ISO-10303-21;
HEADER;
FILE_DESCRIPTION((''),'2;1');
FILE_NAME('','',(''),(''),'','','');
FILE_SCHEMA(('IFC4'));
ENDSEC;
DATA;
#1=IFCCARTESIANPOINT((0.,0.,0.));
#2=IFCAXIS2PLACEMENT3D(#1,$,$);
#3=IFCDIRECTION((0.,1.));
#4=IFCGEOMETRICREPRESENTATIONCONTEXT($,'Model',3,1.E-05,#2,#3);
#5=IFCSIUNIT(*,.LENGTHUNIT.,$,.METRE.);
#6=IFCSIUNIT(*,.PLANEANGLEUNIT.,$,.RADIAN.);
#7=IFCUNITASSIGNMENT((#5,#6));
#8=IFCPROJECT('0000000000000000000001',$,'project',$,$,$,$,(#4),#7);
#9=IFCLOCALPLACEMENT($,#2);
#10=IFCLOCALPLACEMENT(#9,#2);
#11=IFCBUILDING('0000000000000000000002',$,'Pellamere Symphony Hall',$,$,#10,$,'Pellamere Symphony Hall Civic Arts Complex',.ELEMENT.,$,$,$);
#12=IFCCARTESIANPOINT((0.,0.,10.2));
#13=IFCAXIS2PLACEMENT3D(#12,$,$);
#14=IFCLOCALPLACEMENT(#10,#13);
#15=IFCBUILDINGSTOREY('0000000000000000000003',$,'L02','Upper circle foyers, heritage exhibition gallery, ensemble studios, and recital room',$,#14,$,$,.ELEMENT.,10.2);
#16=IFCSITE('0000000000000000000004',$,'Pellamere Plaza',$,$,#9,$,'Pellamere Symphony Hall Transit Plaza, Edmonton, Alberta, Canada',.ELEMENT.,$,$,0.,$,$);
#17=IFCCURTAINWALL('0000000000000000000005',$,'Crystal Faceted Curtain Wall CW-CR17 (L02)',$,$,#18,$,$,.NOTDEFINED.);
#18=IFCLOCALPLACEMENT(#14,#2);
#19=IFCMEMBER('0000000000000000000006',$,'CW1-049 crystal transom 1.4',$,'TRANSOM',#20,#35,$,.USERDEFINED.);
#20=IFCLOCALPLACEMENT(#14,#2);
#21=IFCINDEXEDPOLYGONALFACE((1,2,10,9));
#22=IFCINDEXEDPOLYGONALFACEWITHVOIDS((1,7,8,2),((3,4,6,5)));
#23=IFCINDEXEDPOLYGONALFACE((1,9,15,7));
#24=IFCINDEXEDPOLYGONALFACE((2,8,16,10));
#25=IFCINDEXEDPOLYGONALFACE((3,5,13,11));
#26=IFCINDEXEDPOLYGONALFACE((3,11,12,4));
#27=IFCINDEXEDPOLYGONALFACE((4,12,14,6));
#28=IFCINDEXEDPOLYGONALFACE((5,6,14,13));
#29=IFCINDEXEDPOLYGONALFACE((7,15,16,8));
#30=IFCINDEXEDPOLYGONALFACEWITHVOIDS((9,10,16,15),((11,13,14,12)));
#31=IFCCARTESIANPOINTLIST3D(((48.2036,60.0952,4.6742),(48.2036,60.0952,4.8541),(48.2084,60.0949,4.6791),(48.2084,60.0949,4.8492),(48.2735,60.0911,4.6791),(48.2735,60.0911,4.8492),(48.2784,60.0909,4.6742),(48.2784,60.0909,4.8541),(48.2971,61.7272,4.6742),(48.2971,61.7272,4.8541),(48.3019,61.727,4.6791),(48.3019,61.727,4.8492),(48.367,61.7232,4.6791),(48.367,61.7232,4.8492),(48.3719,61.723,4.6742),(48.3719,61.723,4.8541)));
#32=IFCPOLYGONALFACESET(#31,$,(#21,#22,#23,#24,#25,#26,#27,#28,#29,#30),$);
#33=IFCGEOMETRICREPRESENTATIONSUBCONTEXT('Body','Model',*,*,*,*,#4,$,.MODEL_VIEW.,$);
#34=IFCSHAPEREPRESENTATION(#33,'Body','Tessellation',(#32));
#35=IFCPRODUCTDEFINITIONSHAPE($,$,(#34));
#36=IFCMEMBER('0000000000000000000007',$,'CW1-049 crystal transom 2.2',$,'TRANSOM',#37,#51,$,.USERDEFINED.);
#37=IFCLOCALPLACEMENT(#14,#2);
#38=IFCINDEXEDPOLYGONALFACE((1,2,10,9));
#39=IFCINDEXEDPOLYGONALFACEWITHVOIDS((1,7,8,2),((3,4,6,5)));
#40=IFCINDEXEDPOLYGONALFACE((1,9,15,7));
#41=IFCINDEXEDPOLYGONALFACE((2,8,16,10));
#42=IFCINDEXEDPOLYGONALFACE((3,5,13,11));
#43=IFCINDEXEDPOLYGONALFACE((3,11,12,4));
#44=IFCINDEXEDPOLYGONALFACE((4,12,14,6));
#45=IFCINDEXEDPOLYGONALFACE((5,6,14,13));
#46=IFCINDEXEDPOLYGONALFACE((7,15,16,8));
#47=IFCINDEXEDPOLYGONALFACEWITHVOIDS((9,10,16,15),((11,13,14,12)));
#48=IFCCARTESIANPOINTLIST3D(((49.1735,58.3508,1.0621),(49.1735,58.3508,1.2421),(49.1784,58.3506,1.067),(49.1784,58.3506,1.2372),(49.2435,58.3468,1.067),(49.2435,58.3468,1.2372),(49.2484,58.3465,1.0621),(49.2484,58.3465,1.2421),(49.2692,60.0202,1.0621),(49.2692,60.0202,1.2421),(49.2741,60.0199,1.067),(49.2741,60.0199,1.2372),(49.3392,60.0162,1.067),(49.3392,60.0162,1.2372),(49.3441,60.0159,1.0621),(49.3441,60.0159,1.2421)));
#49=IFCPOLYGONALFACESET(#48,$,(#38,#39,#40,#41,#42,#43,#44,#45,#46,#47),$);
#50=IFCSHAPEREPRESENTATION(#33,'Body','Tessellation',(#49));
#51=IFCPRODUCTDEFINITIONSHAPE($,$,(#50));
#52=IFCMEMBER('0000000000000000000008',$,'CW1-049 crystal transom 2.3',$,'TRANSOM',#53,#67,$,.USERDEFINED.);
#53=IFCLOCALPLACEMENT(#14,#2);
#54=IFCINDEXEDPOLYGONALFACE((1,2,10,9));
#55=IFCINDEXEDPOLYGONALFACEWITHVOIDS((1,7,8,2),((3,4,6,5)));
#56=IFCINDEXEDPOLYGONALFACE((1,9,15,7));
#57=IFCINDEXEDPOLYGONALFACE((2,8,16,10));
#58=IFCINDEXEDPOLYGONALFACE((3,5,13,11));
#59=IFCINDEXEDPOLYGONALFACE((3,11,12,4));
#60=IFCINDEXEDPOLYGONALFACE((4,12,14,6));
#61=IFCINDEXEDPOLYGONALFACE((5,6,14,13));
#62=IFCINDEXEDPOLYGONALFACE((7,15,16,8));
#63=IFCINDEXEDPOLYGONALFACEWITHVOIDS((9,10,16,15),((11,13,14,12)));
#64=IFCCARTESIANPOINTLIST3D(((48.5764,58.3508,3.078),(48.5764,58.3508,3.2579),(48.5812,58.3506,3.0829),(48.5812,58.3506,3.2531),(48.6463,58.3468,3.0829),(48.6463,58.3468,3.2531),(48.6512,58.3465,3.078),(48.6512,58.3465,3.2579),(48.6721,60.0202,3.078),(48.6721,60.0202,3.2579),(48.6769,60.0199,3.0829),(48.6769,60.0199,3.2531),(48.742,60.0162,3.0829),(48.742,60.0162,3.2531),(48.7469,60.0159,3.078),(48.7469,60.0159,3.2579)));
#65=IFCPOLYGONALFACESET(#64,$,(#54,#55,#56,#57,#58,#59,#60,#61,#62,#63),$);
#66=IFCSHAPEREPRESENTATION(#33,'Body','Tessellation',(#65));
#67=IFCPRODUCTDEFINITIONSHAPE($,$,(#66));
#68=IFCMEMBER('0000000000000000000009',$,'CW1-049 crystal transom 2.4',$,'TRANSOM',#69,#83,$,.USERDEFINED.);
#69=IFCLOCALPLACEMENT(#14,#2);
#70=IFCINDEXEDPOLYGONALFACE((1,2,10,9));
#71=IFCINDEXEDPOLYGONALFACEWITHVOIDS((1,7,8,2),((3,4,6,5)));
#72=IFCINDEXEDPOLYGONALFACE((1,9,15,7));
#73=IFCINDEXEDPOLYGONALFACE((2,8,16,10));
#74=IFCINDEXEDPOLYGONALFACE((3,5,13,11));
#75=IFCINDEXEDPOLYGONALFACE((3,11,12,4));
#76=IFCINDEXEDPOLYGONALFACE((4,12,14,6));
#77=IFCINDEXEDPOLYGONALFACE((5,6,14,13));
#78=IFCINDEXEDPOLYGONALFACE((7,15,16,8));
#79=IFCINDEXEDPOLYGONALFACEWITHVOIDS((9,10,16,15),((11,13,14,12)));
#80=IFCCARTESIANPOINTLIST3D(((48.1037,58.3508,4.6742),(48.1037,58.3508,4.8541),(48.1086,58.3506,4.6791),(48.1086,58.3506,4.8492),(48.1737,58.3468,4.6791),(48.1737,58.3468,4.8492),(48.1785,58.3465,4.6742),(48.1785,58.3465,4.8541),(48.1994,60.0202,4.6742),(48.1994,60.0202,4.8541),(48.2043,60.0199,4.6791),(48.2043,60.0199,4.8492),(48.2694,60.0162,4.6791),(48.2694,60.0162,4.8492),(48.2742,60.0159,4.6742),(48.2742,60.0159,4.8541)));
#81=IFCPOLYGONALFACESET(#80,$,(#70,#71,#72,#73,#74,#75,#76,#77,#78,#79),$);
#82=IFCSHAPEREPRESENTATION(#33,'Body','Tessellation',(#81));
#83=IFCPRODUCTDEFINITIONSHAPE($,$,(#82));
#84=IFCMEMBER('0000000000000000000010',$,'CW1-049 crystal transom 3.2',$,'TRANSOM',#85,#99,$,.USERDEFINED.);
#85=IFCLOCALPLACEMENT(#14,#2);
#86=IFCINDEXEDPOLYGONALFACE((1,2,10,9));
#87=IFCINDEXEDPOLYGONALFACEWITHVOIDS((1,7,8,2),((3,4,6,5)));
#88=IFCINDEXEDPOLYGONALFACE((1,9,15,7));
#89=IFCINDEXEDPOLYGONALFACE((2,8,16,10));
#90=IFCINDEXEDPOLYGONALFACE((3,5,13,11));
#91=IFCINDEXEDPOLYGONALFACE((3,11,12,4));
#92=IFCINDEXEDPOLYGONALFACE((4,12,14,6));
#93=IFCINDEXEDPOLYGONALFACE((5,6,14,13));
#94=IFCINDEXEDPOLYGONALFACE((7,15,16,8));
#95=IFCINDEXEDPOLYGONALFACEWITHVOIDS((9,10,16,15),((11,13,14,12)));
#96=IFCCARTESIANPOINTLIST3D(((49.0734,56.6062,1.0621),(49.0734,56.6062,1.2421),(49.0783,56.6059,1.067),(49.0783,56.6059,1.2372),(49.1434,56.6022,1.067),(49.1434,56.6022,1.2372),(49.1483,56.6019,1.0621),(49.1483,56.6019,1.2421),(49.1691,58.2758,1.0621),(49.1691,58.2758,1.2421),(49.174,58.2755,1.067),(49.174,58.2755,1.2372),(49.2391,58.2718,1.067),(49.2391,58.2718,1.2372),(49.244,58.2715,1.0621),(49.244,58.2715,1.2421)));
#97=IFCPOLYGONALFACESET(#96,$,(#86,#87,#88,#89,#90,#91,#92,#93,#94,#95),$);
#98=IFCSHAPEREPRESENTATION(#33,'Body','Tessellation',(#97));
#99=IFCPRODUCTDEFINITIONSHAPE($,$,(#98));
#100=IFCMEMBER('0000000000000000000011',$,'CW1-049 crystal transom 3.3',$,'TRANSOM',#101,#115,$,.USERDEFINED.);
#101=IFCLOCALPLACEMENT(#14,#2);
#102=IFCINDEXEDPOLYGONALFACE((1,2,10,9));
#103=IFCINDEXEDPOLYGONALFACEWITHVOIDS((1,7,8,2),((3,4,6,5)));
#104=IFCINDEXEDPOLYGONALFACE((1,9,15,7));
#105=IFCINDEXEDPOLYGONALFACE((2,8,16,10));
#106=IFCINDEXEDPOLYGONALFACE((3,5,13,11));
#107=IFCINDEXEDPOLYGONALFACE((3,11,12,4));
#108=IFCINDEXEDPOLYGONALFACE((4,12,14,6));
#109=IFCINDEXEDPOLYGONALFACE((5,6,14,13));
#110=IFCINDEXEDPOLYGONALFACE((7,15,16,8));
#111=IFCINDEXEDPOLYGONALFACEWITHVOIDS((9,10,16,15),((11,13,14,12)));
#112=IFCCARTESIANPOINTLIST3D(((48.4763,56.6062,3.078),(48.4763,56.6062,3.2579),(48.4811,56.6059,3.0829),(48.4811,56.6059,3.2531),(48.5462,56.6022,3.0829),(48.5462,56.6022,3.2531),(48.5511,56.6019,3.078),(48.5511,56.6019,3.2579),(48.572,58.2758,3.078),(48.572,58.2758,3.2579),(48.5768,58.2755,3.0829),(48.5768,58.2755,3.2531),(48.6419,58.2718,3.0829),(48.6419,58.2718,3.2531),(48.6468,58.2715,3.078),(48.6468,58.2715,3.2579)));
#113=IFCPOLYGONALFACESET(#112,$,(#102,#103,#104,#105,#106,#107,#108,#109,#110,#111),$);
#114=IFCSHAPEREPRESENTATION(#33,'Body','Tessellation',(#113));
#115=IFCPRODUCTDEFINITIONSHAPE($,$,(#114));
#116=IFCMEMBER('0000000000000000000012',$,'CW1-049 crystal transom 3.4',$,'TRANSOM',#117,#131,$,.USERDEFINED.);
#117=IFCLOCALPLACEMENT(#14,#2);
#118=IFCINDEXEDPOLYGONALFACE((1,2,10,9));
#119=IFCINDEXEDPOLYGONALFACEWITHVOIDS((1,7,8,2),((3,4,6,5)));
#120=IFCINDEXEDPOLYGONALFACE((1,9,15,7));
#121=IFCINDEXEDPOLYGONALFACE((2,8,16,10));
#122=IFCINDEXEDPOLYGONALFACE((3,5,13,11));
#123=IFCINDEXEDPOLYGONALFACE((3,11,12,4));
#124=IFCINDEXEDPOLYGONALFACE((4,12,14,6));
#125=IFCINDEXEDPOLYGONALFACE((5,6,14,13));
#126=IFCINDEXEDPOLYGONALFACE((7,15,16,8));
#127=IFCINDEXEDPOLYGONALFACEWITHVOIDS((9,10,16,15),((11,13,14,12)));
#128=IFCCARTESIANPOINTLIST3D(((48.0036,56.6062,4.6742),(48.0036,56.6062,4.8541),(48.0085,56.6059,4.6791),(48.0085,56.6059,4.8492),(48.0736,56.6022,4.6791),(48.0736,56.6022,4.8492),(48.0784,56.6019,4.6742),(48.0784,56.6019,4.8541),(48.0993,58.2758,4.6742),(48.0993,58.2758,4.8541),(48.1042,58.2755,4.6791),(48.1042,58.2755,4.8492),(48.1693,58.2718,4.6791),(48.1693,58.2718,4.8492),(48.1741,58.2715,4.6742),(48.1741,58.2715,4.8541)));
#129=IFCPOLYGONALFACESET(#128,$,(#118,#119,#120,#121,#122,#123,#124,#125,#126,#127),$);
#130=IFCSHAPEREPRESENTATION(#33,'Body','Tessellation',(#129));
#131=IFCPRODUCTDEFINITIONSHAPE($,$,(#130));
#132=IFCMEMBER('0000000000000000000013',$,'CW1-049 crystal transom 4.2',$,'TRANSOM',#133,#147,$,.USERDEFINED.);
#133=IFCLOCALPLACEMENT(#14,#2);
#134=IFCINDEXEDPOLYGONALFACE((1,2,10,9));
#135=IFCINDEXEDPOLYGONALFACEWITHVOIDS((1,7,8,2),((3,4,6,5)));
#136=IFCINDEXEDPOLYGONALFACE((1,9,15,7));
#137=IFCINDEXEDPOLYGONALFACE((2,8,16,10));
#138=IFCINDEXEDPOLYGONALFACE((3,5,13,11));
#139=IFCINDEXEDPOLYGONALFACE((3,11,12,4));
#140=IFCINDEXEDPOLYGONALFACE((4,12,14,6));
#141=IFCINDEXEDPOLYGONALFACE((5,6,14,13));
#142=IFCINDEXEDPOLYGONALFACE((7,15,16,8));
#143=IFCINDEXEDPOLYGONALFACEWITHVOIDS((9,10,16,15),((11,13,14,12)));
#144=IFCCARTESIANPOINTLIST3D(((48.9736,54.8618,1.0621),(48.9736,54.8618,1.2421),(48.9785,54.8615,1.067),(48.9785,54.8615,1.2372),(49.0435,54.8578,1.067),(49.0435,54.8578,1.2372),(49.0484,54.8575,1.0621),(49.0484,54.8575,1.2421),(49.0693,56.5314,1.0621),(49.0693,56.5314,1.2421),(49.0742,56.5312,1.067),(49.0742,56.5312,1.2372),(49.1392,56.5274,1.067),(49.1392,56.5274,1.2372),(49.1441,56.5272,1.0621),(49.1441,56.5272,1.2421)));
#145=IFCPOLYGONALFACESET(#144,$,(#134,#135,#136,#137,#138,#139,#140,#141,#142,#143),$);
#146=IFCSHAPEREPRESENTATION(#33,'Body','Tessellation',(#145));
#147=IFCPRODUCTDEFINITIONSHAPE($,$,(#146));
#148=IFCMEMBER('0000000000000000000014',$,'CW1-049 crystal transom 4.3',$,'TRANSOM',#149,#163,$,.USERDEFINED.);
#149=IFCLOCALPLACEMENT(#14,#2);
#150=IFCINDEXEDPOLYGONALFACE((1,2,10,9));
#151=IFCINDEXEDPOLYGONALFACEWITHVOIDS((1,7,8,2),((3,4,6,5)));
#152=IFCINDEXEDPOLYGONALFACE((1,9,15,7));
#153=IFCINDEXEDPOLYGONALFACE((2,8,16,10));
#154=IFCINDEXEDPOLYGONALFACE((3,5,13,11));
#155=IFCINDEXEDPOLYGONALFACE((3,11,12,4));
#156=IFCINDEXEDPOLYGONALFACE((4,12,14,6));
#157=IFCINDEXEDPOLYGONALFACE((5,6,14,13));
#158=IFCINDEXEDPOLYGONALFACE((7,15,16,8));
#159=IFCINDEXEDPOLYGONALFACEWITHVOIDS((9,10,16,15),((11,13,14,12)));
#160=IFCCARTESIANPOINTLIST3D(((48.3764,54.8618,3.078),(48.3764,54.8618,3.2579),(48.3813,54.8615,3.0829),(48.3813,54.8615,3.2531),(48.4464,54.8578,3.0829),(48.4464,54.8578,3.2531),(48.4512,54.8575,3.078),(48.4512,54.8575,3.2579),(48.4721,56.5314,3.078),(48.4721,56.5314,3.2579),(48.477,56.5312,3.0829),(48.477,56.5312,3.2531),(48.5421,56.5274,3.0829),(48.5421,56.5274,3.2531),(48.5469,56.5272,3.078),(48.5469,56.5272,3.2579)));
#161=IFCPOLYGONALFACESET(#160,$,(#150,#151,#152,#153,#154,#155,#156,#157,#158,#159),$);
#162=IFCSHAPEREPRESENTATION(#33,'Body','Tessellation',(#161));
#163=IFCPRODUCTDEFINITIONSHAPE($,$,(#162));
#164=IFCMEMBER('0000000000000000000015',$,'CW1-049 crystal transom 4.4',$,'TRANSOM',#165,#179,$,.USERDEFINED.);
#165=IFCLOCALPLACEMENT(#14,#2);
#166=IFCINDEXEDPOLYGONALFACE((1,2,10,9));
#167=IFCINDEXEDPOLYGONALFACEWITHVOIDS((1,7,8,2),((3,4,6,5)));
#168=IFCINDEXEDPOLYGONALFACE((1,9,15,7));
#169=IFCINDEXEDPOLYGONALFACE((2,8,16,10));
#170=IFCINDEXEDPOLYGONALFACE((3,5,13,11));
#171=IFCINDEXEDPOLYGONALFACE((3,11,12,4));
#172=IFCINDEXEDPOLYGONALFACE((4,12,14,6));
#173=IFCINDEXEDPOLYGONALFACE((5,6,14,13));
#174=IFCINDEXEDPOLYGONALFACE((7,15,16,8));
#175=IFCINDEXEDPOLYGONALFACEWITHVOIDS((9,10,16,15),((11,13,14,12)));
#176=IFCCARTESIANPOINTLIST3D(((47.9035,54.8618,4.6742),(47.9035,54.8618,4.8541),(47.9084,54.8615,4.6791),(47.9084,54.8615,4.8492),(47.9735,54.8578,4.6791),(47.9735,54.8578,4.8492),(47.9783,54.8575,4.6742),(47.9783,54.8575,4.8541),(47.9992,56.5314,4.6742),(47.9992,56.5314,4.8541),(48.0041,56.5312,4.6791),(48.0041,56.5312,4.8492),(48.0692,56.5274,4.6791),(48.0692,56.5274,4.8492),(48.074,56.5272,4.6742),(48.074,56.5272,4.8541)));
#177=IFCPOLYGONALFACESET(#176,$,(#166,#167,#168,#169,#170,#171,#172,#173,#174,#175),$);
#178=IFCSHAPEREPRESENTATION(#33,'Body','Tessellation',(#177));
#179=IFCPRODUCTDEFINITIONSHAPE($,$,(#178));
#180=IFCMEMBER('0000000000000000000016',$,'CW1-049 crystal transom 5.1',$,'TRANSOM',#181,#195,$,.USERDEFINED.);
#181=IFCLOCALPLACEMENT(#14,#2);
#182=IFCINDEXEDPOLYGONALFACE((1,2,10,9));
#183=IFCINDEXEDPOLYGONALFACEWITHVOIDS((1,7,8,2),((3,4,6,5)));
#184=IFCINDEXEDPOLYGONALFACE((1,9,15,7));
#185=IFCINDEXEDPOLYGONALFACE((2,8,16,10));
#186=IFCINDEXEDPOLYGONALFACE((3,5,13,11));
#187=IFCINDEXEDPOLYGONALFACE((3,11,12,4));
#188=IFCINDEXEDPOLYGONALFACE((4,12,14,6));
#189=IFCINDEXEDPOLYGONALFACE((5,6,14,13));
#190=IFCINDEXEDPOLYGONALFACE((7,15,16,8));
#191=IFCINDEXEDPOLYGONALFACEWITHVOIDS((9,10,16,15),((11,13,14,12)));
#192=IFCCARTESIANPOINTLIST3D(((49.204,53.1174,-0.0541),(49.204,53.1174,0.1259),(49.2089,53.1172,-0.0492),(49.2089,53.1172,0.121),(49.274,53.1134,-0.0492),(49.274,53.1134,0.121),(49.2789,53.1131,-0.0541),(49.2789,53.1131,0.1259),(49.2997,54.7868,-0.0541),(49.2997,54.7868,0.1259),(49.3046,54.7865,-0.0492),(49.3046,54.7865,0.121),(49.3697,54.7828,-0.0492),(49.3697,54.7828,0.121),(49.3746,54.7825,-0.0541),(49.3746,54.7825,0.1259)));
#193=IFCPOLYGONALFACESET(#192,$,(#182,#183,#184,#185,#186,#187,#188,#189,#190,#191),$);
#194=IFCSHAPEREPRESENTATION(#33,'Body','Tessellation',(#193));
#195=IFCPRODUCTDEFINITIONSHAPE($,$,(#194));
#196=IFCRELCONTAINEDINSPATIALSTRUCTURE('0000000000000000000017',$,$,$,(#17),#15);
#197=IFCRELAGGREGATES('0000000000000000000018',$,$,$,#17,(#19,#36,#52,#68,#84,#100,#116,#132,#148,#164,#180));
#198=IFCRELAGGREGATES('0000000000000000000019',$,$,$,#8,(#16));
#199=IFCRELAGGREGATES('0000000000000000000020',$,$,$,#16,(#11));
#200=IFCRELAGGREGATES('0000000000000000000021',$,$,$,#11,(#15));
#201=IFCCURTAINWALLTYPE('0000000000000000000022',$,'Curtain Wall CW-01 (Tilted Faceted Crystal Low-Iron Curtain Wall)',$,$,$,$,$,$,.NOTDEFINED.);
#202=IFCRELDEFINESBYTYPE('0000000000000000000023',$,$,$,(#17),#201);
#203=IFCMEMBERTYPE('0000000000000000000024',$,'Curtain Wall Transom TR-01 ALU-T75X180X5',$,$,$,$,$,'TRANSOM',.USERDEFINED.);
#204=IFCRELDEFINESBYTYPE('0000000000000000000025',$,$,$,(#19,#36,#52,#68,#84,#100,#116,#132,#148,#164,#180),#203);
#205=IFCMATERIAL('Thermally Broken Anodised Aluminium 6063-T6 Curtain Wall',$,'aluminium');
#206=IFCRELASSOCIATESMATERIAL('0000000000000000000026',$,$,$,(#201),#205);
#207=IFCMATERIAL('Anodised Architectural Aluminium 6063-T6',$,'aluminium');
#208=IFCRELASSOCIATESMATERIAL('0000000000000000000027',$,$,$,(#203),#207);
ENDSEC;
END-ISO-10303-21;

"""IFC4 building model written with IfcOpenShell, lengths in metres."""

from ifc_helpers import new_model, si_unit, direction, frame, origin, origin_2d, place, context, subcontext, project, spatial, hollow_rectangle, extrude, material, material_profile, profile_set, type_object, element, aggregate, save


model = new_model("IFC4")

# Units and contexts
model_context = context("Model", 3, precision=1e-05, world=origin(), true_north=direction((0.0, 1.0)))
body_context = subcontext(model_context, "Body", "Model", "MODEL_VIEW")
ifc_project = project(units=[si_unit("LENGTHUNIT", "METRE"), si_unit("PLANEANGLEUNIT", "RADIAN")], contexts=[model_context])

# Site, building, storey
site_placement = place(None, origin())
site = spatial("IfcSite", under=ifc_project, at=site_placement, Name="Pellamere Plaza", LongName="Pellamere Symphony Hall Transit Plaza, Edmonton, Alberta, Canada", CompositionType="ELEMENT", RefElevation=0.0)
building_placement = place(site_placement, origin())
building = spatial("IfcBuilding", under=site, at=building_placement, Name="Pellamere Symphony Hall", LongName="Pellamere Symphony Hall Civic Arts Complex", CompositionType="ELEMENT")
storey_placement = place(building_placement, frame((0.0, 0.0, 10.2)))
storey = spatial("IfcBuildingStorey", under=building, at=storey_placement, Name="L02", Description="Upper circle foyers, heritage exhibition gallery, ensemble studios, and recital room", CompositionType="ELEMENT", Elevation=10.2)

# Shared definitions
ifc_material_1 = material(Name="Thermally Broken Anodised Aluminium 6063-T6 Curtain Wall", Category="aluminium")
curtain_wall_type = type_object("IfcCurtainWallType", Name="Curtain Wall CW-01 (Tilted Faceted Crystal Low-Iron Curtain Wall)", PredefinedType="NOTDEFINED", material=ifc_material_1)
ifc_material_2 = material(Name="Anodised Architectural Aluminium 6063-T6", Category="aluminium")

# Curtain wall
curtain_wall_1_placement = place(storey_placement, origin())
curtain_wall_1 = element("IfcCurtainWall", 1, at=curtain_wall_1_placement, inside=storey, type_object=curtain_wall_type, Name="Crystal Faceted Curtain Wall CW-CR17 (L02)", PredefinedType="NOTDEFINED")

# Members
ifc_material_profile_1 = material_profile(ifc_material_2, hollow_rectangle(XDim=0.075, YDim=0.1799, WallThickness=0.0049, at=origin_2d()), Name="ALU-T75X180X5")
ifc_profile_set_1 = profile_set([ifc_material_profile_1], Name="Anodised Architectural Aluminium 6063-T6")
member_type_1 = type_object("IfcMemberType", Name="Curtain Wall Transom TR-01 ALU-T75X180X5", ElementType="TRANSOM", PredefinedType="USERDEFINED", material=ifc_profile_set_1)
member_1_placement = place(storey_placement, frame((48.3345, 61.7251, 4.7642), z_axis=(-0.057199, -0.998363, 0.0), x_axis=(0.998363, -0.057199, 0.0)))
member_1 = element("IfcMember", 2, at=member_1_placement, type_object=member_type_1, Name="CW1-049 crystal transom 1.4", ObjectType="TRANSOM", PredefinedType="USERDEFINED", context=body_context, shape_type="SweptSolid", body=[
    extrude(hollow_rectangle(XDim=0.075, YDim=0.1799, WallThickness=0.0049, at=origin_2d()), origin(), (0.0, 0.0, 1.0), 1.6348),
])
member_2_placement = place(storey_placement, frame((49.3066, 60.0181, 1.1521), z_axis=(-0.057233, -0.998361, 0.0), x_axis=(0.998361, -0.057233, 0.0)))
member_2 = element("IfcMember", 3, at=member_2_placement, type_object=member_type_1, Name="CW1-049 crystal transom 2.2", ObjectType="TRANSOM", PredefinedType="USERDEFINED", context=body_context, shape_type="SweptSolid", body=[
    extrude(hollow_rectangle(XDim=0.075, YDim=0.1799, WallThickness=0.0049, at=origin_2d()), origin(), (0.0, 0.0, 1.0), 1.6721),
])
member_3_placement = place(storey_placement, frame((48.7095, 60.0181, 3.168), z_axis=(-0.057233, -0.998361, 0.0), x_axis=(0.998361, -0.057233, 0.0)))
member_3 = element("IfcMember", 4, at=member_3_placement, type_object=member_type_1, Name="CW1-049 crystal transom 2.3", ObjectType="TRANSOM", PredefinedType="USERDEFINED", context=body_context, shape_type="SweptSolid", body=[
    extrude(hollow_rectangle(XDim=0.075, YDim=0.1799, WallThickness=0.0049, at=origin_2d()), origin(), (0.0, 0.0, 1.0), 1.6721),
])
member_4_placement = place(storey_placement, frame((48.2368, 60.0181, 4.7642), z_axis=(-0.057233, -0.998361, 0.0), x_axis=(0.998361, -0.057233, 0.0)))
member_4 = element("IfcMember", 5, at=member_4_placement, type_object=member_type_1, Name="CW1-049 crystal transom 2.4", ObjectType="TRANSOM", PredefinedType="USERDEFINED", context=body_context, shape_type="SweptSolid", body=[
    extrude(hollow_rectangle(XDim=0.075, YDim=0.1799, WallThickness=0.0049, at=origin_2d()), origin(), (0.0, 0.0, 1.0), 1.6721),
])
member_5_placement = place(storey_placement, frame((49.2065, 58.2737, 1.1521), z_axis=(-0.057224, -0.998361, 0.0), x_axis=(0.998361, -0.057224, 0.0)))
member_5 = element("IfcMember", 6, at=member_5_placement, type_object=member_type_1, Name="CW1-049 crystal transom 3.2", ObjectType="TRANSOM", PredefinedType="USERDEFINED", context=body_context, shape_type="SweptSolid", body=[
    extrude(hollow_rectangle(XDim=0.075, YDim=0.1799, WallThickness=0.0049, at=origin_2d()), origin(), (0.0, 0.0, 1.0), 1.6724),
])
member_6_placement = place(storey_placement, frame((48.6094, 58.2737, 3.168), z_axis=(-0.057224, -0.998361, 0.0), x_axis=(0.998361, -0.057224, 0.0)))
member_6 = element("IfcMember", 7, at=member_6_placement, type_object=member_type_1, Name="CW1-049 crystal transom 3.3", ObjectType="TRANSOM", PredefinedType="USERDEFINED", context=body_context, shape_type="SweptSolid", body=[
    extrude(hollow_rectangle(XDim=0.075, YDim=0.1799, WallThickness=0.0049, at=origin_2d()), origin(), (0.0, 0.0, 1.0), 1.6724),
])
member_7_placement = place(storey_placement, frame((48.1367, 58.2737, 4.7642), z_axis=(-0.057224, -0.998361, 0.0), x_axis=(0.998361, -0.057224, 0.0)))
member_7 = element("IfcMember", 8, at=member_7_placement, type_object=member_type_1, Name="CW1-049 crystal transom 3.4", ObjectType="TRANSOM", PredefinedType="USERDEFINED", context=body_context, shape_type="SweptSolid", body=[
    extrude(hollow_rectangle(XDim=0.075, YDim=0.1799, WallThickness=0.0049, at=origin_2d()), origin(), (0.0, 0.0, 1.0), 1.6724),
])
member_8_placement = place(storey_placement, frame((49.1067, 56.5293, 1.1521), z_axis=(-0.057224, -0.998361, 0.0), x_axis=(0.998361, -0.057224, 0.0)))
member_8 = element("IfcMember", 9, at=member_8_placement, type_object=member_type_1, Name="CW1-049 crystal transom 4.2", ObjectType="TRANSOM", PredefinedType="USERDEFINED", context=body_context, shape_type="SweptSolid", body=[
    extrude(hollow_rectangle(XDim=0.075, YDim=0.1799, WallThickness=0.0049, at=origin_2d()), origin(), (0.0, 0.0, 1.0), 1.6724),
])
member_9_placement = place(storey_placement, frame((48.5095, 56.5293, 3.168), z_axis=(-0.057224, -0.998361, 0.0), x_axis=(0.998361, -0.057224, 0.0)))
member_9 = element("IfcMember", 10, at=member_9_placement, type_object=member_type_1, Name="CW1-049 crystal transom 4.3", ObjectType="TRANSOM", PredefinedType="USERDEFINED", context=body_context, shape_type="SweptSolid", body=[
    extrude(hollow_rectangle(XDim=0.075, YDim=0.1799, WallThickness=0.0049, at=origin_2d()), origin(), (0.0, 0.0, 1.0), 1.6724),
])
member_10_placement = place(storey_placement, frame((48.0366, 56.5293, 4.7642), z_axis=(-0.057224, -0.998361, 0.0), x_axis=(0.998361, -0.057224, 0.0)))
member_10 = element("IfcMember", 11, at=member_10_placement, type_object=member_type_1, Name="CW1-049 crystal transom 4.4", ObjectType="TRANSOM", PredefinedType="USERDEFINED", context=body_context, shape_type="SweptSolid", body=[
    extrude(hollow_rectangle(XDim=0.075, YDim=0.1799, WallThickness=0.0049, at=origin_2d()), origin(), (0.0, 0.0, 1.0), 1.6724),
])
member_11_placement = place(storey_placement, frame((49.3372, 54.7847, 0.0359), z_axis=(-0.057233, -0.998361, 0.0), x_axis=(0.998361, -0.057233, 0.0)))
member_11 = element("IfcMember", 12, at=member_11_placement, type_object=member_type_1, Name="CW1-049 crystal transom 5.1", ObjectType="TRANSOM", PredefinedType="USERDEFINED", context=body_context, shape_type="SweptSolid", body=[
    extrude(hollow_rectangle(XDim=0.075, YDim=0.1799, WallThickness=0.0049, at=origin_2d()), origin(), (0.0, 0.0, 1.0), 1.6721),
])

aggregate(curtain_wall_1, [member_1, member_2, member_3, member_4, member_5, member_6, member_7, member_8, member_9, member_10, member_11])

save(model, "model.ifc")
